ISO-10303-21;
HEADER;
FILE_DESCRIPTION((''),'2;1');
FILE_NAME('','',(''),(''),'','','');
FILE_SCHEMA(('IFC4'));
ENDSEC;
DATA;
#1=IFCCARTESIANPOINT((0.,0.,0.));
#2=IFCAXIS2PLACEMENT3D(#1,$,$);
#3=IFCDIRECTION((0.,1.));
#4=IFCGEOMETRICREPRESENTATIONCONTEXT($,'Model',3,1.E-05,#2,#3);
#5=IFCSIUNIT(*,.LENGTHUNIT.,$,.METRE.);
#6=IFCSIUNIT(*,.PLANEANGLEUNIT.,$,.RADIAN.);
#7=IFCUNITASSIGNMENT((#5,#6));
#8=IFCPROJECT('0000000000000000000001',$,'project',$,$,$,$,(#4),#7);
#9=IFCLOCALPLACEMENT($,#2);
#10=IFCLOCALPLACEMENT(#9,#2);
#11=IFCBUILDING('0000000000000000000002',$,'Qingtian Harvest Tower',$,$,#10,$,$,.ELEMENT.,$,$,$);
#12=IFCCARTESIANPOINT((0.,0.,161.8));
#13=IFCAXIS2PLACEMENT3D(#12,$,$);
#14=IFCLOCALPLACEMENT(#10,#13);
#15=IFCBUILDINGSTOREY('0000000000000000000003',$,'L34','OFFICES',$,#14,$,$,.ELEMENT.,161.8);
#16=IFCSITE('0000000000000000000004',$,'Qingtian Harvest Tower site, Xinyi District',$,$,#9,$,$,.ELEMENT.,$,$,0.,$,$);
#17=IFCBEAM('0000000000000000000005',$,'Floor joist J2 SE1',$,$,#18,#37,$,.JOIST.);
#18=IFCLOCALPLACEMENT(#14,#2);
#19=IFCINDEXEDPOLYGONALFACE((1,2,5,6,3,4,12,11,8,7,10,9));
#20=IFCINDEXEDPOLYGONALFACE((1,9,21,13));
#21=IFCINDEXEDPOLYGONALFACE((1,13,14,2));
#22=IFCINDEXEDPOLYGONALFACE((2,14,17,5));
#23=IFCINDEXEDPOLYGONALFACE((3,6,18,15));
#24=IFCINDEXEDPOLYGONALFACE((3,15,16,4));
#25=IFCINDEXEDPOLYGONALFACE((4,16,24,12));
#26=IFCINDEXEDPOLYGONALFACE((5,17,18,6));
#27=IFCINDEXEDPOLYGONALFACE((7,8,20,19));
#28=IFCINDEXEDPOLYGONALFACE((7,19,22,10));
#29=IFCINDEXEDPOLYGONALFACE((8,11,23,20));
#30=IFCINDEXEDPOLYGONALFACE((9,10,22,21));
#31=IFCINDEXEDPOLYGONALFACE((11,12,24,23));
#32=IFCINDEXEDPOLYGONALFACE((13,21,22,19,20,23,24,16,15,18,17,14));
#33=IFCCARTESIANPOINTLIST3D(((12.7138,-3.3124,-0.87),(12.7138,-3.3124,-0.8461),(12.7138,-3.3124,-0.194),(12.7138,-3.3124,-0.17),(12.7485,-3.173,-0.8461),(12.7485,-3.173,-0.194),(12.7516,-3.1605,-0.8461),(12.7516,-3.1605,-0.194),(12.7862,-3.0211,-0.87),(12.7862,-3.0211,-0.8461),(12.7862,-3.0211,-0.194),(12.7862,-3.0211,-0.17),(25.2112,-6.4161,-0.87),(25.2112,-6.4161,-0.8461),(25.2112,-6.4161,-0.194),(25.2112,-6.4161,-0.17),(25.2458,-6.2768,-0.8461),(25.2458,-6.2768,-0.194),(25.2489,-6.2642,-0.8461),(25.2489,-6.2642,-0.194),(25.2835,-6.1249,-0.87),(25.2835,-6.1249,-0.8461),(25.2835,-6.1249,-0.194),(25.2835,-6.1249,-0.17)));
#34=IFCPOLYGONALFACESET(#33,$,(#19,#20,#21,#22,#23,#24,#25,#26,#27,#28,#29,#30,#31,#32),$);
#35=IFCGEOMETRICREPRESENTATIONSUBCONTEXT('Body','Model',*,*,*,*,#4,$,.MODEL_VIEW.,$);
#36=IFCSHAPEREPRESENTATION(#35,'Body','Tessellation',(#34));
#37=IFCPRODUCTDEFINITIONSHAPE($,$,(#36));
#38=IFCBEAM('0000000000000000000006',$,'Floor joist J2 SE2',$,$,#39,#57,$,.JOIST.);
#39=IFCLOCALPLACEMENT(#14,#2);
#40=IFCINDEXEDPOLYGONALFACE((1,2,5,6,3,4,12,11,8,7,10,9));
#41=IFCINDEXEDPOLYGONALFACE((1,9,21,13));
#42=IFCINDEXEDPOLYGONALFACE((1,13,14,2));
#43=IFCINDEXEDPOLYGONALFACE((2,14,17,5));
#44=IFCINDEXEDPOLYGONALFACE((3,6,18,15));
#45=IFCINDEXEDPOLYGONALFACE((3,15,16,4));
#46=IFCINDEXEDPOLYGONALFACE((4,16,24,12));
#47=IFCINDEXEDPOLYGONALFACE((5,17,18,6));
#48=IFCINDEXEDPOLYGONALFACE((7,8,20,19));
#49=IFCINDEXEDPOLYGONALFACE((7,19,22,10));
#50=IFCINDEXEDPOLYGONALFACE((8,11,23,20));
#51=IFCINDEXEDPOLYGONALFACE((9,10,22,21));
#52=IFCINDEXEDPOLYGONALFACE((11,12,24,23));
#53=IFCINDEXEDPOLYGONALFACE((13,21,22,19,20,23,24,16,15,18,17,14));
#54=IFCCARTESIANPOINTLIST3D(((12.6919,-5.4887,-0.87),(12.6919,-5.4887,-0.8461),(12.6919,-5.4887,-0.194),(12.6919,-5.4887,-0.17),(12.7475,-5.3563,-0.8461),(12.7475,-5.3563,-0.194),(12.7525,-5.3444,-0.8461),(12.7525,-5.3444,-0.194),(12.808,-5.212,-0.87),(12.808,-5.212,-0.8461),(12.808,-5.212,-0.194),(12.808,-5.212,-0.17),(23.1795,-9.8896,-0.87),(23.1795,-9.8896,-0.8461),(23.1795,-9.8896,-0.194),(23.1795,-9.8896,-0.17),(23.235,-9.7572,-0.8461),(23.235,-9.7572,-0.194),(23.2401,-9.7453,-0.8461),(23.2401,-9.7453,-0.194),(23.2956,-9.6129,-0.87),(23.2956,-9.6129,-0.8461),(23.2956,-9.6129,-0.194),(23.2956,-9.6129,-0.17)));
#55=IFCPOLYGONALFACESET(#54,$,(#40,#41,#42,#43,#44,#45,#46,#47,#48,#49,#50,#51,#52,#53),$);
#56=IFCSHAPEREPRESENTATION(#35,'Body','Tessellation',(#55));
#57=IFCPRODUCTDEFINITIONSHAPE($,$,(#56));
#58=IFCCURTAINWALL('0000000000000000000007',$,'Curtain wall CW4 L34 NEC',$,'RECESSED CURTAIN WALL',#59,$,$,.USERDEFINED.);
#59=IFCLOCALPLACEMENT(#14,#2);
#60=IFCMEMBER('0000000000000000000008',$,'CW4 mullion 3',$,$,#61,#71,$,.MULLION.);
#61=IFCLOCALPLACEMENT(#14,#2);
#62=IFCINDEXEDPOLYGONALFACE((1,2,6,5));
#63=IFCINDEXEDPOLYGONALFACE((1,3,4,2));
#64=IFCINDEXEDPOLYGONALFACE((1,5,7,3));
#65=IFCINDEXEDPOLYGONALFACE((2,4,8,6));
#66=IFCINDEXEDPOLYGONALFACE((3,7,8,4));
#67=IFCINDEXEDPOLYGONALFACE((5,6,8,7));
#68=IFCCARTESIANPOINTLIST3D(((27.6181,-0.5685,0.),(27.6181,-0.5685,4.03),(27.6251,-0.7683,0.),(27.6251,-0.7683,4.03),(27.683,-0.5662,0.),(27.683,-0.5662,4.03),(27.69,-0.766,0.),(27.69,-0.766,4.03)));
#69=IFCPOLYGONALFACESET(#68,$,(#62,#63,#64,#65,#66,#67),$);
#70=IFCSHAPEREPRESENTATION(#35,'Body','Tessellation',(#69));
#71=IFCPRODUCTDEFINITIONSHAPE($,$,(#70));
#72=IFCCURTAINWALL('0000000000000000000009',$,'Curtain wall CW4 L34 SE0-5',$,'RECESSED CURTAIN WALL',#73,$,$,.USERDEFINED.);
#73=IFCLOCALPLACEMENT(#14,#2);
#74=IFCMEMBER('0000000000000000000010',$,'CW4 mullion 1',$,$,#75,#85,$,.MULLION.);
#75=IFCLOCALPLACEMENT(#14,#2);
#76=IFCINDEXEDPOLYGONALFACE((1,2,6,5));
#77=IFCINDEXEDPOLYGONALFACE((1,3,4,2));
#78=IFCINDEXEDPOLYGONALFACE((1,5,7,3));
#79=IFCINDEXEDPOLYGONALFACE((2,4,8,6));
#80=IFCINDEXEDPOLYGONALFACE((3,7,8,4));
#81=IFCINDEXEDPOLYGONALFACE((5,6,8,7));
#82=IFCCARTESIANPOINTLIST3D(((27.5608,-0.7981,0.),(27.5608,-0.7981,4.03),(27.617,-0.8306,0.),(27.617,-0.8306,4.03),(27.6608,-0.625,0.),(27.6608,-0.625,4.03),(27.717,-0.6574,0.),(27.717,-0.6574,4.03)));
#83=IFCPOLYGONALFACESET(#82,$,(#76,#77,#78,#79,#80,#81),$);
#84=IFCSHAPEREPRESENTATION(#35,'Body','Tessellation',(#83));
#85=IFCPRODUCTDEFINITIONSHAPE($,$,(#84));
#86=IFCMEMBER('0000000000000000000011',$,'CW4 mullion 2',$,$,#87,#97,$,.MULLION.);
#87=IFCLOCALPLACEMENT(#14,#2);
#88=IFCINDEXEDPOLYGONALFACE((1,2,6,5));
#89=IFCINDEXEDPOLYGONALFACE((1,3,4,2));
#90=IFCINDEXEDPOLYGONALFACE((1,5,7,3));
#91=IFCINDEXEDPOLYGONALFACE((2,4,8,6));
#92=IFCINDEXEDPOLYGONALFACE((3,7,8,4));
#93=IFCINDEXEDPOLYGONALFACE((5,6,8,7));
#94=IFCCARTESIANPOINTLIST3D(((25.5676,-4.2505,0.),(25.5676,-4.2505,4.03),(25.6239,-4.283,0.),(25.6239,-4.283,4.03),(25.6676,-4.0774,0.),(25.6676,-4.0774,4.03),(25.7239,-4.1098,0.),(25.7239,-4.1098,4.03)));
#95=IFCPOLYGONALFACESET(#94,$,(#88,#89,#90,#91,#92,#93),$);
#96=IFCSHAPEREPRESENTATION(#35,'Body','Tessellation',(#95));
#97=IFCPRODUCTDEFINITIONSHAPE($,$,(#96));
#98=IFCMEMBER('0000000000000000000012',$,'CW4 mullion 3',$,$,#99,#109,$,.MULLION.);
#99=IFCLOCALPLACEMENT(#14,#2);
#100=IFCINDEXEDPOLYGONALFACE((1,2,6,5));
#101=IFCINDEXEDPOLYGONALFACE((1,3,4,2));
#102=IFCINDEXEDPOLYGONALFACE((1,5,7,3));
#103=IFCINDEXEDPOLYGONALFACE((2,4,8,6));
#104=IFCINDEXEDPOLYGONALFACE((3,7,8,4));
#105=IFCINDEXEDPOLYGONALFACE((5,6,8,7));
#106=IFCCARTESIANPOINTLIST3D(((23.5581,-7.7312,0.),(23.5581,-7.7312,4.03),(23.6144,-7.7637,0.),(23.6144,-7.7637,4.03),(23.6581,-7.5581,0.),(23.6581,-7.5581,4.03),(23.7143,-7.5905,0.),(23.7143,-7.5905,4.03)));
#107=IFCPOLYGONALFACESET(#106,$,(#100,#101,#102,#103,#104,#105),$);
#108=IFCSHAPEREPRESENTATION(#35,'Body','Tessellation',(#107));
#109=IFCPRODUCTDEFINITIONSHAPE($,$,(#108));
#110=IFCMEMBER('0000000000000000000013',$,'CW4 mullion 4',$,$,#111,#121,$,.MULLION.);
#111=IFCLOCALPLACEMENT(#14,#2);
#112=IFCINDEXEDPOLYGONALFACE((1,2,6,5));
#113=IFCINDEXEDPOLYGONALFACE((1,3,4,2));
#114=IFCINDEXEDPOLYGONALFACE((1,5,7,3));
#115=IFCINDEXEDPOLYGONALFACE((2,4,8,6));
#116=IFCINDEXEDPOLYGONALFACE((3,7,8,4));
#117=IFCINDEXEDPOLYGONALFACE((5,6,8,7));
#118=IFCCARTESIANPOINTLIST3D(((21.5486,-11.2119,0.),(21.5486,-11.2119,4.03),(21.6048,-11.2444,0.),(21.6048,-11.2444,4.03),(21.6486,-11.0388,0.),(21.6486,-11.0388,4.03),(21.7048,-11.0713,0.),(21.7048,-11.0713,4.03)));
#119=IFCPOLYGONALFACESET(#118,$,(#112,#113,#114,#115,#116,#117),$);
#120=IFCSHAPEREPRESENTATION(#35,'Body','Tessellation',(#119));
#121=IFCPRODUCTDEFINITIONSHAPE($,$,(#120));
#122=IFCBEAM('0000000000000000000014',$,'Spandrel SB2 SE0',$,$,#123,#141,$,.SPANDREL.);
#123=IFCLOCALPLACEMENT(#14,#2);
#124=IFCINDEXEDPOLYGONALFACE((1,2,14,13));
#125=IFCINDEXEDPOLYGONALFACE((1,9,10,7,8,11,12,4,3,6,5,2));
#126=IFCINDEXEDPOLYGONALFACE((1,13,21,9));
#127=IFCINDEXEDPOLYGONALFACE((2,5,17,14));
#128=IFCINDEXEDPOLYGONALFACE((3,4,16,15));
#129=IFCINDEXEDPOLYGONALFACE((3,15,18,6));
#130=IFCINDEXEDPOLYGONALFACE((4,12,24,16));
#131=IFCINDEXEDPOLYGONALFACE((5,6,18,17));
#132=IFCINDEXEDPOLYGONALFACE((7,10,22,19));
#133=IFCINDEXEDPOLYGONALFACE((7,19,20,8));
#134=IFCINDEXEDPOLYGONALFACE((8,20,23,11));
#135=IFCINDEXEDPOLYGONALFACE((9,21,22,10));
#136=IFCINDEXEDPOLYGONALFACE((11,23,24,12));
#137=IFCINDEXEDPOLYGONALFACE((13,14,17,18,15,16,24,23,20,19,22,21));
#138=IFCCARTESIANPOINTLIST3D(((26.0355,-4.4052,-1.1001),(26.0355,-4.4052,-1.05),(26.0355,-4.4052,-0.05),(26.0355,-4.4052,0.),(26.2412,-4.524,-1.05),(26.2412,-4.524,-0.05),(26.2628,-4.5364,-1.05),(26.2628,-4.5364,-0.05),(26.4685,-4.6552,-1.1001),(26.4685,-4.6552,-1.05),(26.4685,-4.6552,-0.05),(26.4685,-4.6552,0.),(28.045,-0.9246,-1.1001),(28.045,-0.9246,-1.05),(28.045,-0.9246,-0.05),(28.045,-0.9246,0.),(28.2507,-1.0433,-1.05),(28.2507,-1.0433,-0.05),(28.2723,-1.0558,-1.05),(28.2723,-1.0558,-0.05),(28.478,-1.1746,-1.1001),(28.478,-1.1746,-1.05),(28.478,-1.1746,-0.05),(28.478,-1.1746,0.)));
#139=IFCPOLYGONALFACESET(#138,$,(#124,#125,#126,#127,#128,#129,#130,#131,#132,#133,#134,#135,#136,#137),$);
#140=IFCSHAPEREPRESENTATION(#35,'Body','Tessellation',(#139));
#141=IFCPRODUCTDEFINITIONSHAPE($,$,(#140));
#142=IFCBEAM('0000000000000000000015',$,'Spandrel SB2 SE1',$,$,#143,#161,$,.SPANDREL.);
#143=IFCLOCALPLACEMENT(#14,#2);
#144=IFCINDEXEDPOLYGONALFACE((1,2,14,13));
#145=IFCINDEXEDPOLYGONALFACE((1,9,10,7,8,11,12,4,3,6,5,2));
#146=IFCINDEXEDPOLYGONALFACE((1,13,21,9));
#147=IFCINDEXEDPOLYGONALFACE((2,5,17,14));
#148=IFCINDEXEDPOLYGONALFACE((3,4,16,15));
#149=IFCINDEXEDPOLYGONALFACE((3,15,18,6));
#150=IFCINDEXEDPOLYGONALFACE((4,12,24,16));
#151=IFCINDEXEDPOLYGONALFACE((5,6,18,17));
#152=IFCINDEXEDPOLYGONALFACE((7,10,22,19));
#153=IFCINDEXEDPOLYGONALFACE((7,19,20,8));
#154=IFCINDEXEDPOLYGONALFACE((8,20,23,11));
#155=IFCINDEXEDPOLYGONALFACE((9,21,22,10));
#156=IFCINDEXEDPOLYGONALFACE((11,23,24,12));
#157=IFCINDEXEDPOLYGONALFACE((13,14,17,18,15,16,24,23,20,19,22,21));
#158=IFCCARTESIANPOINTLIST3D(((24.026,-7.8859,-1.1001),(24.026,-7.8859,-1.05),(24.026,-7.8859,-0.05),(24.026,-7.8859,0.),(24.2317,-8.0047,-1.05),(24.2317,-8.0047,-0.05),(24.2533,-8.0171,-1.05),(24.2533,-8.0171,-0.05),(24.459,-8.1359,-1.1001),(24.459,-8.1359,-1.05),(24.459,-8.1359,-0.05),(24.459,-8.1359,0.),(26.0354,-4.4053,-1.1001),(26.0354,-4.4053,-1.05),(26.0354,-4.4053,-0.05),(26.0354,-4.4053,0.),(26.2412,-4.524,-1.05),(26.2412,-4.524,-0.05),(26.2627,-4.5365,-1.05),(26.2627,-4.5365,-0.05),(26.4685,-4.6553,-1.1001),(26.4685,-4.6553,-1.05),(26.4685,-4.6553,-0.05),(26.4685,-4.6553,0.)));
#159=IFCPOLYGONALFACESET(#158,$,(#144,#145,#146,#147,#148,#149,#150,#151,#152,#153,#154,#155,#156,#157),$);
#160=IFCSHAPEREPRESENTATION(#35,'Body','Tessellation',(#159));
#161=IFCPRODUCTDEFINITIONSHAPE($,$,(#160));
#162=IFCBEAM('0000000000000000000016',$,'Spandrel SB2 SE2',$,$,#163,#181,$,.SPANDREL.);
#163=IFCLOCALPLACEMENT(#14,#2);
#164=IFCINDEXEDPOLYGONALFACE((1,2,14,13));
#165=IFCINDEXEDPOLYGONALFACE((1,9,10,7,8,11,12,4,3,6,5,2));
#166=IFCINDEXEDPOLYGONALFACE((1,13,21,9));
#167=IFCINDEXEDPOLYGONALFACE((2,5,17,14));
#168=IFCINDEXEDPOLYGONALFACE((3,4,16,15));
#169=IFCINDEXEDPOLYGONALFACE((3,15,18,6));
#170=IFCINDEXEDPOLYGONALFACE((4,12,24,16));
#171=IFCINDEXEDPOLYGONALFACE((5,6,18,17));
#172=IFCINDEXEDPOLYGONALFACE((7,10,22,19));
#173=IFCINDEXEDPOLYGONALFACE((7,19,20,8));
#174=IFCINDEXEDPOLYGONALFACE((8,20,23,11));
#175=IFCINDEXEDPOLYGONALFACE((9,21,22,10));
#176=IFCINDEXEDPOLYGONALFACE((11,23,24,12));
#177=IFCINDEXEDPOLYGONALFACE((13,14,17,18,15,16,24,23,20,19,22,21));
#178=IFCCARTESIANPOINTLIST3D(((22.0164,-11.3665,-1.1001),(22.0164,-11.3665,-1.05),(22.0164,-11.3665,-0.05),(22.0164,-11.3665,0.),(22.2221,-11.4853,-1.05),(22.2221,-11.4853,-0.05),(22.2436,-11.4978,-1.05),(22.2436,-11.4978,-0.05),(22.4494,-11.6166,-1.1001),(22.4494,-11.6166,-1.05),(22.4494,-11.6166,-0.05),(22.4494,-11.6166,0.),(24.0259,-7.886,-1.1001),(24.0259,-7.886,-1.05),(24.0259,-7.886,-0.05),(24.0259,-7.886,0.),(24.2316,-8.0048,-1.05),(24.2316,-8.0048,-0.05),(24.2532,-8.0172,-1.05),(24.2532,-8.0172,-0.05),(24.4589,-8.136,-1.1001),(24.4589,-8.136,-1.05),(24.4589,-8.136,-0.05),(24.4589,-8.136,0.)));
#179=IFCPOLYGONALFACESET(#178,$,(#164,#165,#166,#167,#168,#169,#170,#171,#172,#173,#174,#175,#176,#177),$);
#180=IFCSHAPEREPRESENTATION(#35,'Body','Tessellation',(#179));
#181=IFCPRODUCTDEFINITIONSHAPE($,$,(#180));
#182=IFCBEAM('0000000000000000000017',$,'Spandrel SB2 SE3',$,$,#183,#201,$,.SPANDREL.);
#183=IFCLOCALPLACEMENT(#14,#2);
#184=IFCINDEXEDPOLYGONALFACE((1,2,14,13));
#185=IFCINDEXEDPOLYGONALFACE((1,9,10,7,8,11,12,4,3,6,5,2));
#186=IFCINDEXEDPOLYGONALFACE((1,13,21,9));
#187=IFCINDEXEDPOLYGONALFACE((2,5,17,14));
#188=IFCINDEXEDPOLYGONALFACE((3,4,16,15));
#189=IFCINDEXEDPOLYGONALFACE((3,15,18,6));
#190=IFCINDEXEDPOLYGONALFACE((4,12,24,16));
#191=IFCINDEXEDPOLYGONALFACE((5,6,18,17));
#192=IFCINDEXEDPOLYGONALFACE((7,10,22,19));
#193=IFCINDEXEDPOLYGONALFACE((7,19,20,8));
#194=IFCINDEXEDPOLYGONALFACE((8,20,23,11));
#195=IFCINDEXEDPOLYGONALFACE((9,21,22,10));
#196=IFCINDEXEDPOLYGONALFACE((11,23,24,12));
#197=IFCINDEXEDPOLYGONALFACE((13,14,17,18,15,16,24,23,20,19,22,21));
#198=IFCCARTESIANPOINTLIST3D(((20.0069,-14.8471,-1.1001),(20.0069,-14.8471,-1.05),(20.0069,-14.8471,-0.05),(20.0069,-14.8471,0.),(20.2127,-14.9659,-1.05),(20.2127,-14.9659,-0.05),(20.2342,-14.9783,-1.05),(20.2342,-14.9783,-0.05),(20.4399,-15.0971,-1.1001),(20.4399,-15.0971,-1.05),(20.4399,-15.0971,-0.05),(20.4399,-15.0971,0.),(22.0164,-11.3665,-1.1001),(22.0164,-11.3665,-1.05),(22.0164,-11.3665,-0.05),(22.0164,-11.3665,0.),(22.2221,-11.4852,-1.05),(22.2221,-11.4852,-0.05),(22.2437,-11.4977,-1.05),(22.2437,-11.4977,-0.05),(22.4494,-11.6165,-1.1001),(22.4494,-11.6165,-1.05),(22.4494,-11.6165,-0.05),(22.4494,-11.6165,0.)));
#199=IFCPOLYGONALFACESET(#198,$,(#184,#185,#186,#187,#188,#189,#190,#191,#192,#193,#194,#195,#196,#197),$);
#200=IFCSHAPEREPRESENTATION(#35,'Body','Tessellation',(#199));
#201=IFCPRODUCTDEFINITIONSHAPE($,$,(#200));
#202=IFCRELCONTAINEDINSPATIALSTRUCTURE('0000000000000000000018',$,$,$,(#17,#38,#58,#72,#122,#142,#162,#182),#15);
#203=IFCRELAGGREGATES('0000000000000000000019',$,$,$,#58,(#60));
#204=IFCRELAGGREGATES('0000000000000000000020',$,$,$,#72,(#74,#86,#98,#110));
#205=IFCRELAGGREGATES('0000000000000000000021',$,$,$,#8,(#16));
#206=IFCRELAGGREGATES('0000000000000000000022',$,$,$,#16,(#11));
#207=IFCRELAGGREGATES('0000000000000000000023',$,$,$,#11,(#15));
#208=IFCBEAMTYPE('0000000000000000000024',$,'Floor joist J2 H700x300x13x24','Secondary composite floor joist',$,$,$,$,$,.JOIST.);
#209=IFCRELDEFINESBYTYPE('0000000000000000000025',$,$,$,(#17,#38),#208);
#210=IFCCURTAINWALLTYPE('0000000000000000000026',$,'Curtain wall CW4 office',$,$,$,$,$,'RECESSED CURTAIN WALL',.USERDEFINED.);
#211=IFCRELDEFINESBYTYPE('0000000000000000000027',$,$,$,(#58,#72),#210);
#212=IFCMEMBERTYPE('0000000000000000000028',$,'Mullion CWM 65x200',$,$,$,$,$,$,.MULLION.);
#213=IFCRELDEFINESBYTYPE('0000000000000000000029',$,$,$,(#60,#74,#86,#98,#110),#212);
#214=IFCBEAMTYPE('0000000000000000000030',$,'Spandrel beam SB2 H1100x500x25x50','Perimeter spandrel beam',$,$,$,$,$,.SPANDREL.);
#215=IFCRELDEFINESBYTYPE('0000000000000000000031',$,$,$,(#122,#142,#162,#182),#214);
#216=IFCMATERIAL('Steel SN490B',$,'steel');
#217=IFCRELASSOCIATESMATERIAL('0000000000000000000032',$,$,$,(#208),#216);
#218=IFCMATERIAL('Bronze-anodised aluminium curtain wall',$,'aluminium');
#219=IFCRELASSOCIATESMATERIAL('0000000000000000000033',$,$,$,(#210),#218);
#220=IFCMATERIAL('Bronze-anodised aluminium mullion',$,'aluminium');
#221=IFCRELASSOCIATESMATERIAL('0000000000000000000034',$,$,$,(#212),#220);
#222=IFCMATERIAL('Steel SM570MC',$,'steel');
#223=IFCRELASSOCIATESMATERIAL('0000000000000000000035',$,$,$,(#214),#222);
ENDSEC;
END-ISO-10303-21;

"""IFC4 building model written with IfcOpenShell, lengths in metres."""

from ifc_helpers import new_model, si_unit, direction, frame, origin, origin_2d, place, context, subcontext, project, spatial, rectangle, i_section, extrude, material, material_profile, profile_set, type_object, element, aggregate, save


model = new_model("IFC4")

# Units and contexts
model_context = context("Model", 3, precision=1e-05, world=origin(), true_north=direction((0.0, 1.0)))
body_context = subcontext(model_context, "Body", "Model", "MODEL_VIEW")
ifc_project = project(units=[si_unit("LENGTHUNIT", "METRE"), si_unit("PLANEANGLEUNIT", "RADIAN")], contexts=[model_context])

# Site, building, storey
site_placement = place(None, origin())
site = spatial("IfcSite", under=ifc_project, at=site_placement, Name="Qingtian Harvest Tower site, Xinyi District", CompositionType="ELEMENT", RefElevation=0.0)
building_placement = place(site_placement, origin())
building = spatial("IfcBuilding", under=site, at=building_placement, Name="Qingtian Harvest Tower", CompositionType="ELEMENT")
storey_placement = place(building_placement, frame((0.0, 0.0, 161.8)))
storey = spatial("IfcBuildingStorey", under=building, at=storey_placement, Name="L34", Description="OFFICES", CompositionType="ELEMENT", Elevation=161.8)

# Beams
ifc_material_1 = material(Name="Steel SN490B", Category="steel")
ifc_material_profile_1 = material_profile(ifc_material_1, i_section(OverallWidth=0.3, OverallDepth=0.7, WebThickness=0.0129, FlangeThickness=0.0239, at=origin_2d()), Name="H700x300x13x24")
ifc_profile_set_1 = profile_set([ifc_material_profile_1], Name="Steel SN490B")
beam_type_1 = type_object("IfcBeamType", Name="Floor joist J2 H700x300x13x24", Description="Secondary composite floor joist", PredefinedType="JOIST", material=ifc_profile_set_1)
beam_1_placement = place(storey_placement, frame((25.2473, -6.2705, -0.52), z_axis=(-0.970517, 0.241032, 0.0), x_axis=(-0.241032, -0.970517, 0.0)))
element("IfcBeam", 1, at=beam_1_placement, inside=storey, type_object=beam_type_1, Name="Floor joist J2 SE1", PredefinedType="JOIST", context=body_context, shape_type="SweptSolid", body=[
    extrude(i_section(OverallWidth=0.3, OverallDepth=0.7, WebThickness=0.0129, FlangeThickness=0.0239, at=origin_2d()), origin(), (0.0, 0.0, 1.0), 12.877),
])
beam_2_placement = place(storey_placement, frame((23.2375, -9.7512, -0.52), z_axis=(-0.922104, 0.386942, 0.0), x_axis=(-0.386942, -0.922104, 0.0)))
element("IfcBeam", 2, at=beam_2_placement, inside=storey, type_object=beam_type_1, Name="Floor joist J2 SE2", PredefinedType="JOIST", context=body_context, shape_type="SweptSolid", body=[
    extrude(i_section(OverallWidth=0.3, OverallDepth=0.7, WebThickness=0.0129, FlangeThickness=0.0239, at=origin_2d()), origin(), (0.0, 0.0, 1.0), 11.3735),
])

# Curtain wall, member
ifc_material_2 = material(Name="Bronze-anodised aluminium curtain wall", Category="aluminium")
curtain_wall_type = type_object("IfcCurtainWallType", Name="Curtain wall CW4 office", ElementType="RECESSED CURTAIN WALL", PredefinedType="USERDEFINED", material=ifc_material_2)
curtain_wall_1_placement = place(storey_placement, origin())
curtain_wall_1 = element("IfcCurtainWall", 3, at=curtain_wall_1_placement, inside=storey, type_object=curtain_wall_type, Name="Curtain wall CW4 L34 NEC", ObjectType="RECESSED CURTAIN WALL", PredefinedType="USERDEFINED")
ifc_material_3 = material(Name="Bronze-anodised aluminium mullion", Category="aluminium")
ifc_material_profile_2 = material_profile(ifc_material_3, rectangle(XDim=0.0649, YDim=0.2, at=origin_2d()), Name="AL 65x200")
ifc_profile_set_2 = profile_set([ifc_material_profile_2], Name="Bronze-anodised aluminium mullion")
member_type_1 = type_object("IfcMemberType", Name="Mullion CWM 65x200", PredefinedType="MULLION", material=ifc_profile_set_2)
member_1_placement = place(storey_placement, frame((27.6541, -0.6672, 0.0), z_axis=(0.0, 0.0, 1.0), x_axis=(0.999391, 0.034899, 0.0)))
member_1 = element("IfcMember", 4, at=member_1_placement, type_object=member_type_1, Name="CW4 mullion 3", PredefinedType="MULLION", context=body_context, shape_type="SweptSolid", body=[
    extrude(rectangle(XDim=0.0649, YDim=0.2, at=origin_2d()), origin(), (0.0, 0.0, 1.0), 4.03),
])
aggregate(curtain_wall_1, [member_1])

# Curtain wall, members
curtain_wall_2_placement = place(storey_placement, origin())
curtain_wall_2 = element("IfcCurtainWall", 5, at=curtain_wall_2_placement, inside=storey, type_object=curtain_wall_type, Name="Curtain wall CW4 L34 SE0-5", ObjectType="RECESSED CURTAIN WALL", PredefinedType="USERDEFINED")
member_2_placement = place(storey_placement, frame((27.6389, -0.7278, 0.0), z_axis=(0.0, 0.0, 1.0), x_axis=(0.866025, -0.5, 0.0)))
member_2 = element("IfcMember", 6, at=member_2_placement, type_object=member_type_1, Name="CW4 mullion 1", PredefinedType="MULLION", context=body_context, shape_type="SweptSolid", body=[
    extrude(rectangle(XDim=0.0649, YDim=0.2, at=origin_2d()), origin(), (0.0, 0.0, 1.0), 4.03),
])
member_3_placement = place(storey_placement, frame((25.6458, -4.1802, 0.0), z_axis=(0.0, 0.0, 1.0), x_axis=(0.866025, -0.5, 0.0)))
member_3 = element("IfcMember", 7, at=member_3_placement, type_object=member_type_1, Name="CW4 mullion 2", PredefinedType="MULLION", context=body_context, shape_type="SweptSolid", body=[
    extrude(rectangle(XDim=0.0649, YDim=0.2, at=origin_2d()), origin(), (0.0, 0.0, 1.0), 4.03),
])
member_4_placement = place(storey_placement, frame((23.6362, -7.6609, 0.0), z_axis=(0.0, 0.0, 1.0), x_axis=(0.866025, -0.5, 0.0)))
member_4 = element("IfcMember", 8, at=member_4_placement, type_object=member_type_1, Name="CW4 mullion 3", PredefinedType="MULLION", context=body_context, shape_type="SweptSolid", body=[
    extrude(rectangle(XDim=0.0649, YDim=0.2, at=origin_2d()), origin(), (0.0, 0.0, 1.0), 4.03),
])
member_5_placement = place(storey_placement, frame((21.6267, -11.1416, 0.0), z_axis=(0.0, 0.0, 1.0), x_axis=(0.866025, -0.5, 0.0)))
member_5 = element("IfcMember", 9, at=member_5_placement, type_object=member_type_1, Name="CW4 mullion 4", PredefinedType="MULLION", context=body_context, shape_type="SweptSolid", body=[
    extrude(rectangle(XDim=0.0649, YDim=0.2, at=origin_2d()), origin(), (0.0, 0.0, 1.0), 4.03),
])

# Beams
ifc_material_4 = material(Name="Steel SM570MC", Category="steel")
ifc_material_profile_3 = material_profile(ifc_material_4, i_section(OverallWidth=0.5, OverallDepth=1.1001, WebThickness=0.0249, FlangeThickness=0.05, at=origin_2d()), Name="H1100x500x25x50")
ifc_profile_set_3 = profile_set([ifc_material_profile_3], Name="Steel SM570MC")
beam_type_2 = type_object("IfcBeamType", Name="Spandrel beam SB2 H1100x500x25x50", Description="Perimeter spandrel beam", PredefinedType="SPANDREL", material=ifc_profile_set_3)
for number, where, z_axis, x_axis, name in (
    (10, (28.2615, -1.0496, -0.55), (-0.499987, -0.866033, 0.0), (0.866033, -0.499987, 0.0), "Spandrel SB2 SE0"),
    (11, (26.252, -4.5303, -0.55), (-0.499987, -0.866033, 0.0), (0.866033, -0.499987, 0.0), "Spandrel SB2 SE1"),
    (12, (24.2424, -8.011, -0.55), (-0.500013, -0.866018, 0.0), (0.866018, -0.500013, 0.0), "Spandrel SB2 SE2"),
    (13, (22.2329, -11.4915, -0.55), (-0.499987, -0.866033, 0.0), (0.866033, -0.499987, 0.0), "Spandrel SB2 SE3"),
):
    element("IfcBeam", number, at=place(storey_placement, frame(where, z_axis=z_axis, x_axis=x_axis)), inside=storey, type_object=beam_type_2, Name=name, PredefinedType="SPANDREL", context=body_context, shape_type="SweptSolid", body=[
        extrude(i_section(OverallWidth=0.5, OverallDepth=1.1001, WebThickness=0.0249, FlangeThickness=0.05, at=origin_2d()), origin(), (0.0, 0.0, 1.0), 4.019),
    ])

aggregate(curtain_wall_2, [member_2, member_3, member_4, member_5])

save(model, "model.ifc")
